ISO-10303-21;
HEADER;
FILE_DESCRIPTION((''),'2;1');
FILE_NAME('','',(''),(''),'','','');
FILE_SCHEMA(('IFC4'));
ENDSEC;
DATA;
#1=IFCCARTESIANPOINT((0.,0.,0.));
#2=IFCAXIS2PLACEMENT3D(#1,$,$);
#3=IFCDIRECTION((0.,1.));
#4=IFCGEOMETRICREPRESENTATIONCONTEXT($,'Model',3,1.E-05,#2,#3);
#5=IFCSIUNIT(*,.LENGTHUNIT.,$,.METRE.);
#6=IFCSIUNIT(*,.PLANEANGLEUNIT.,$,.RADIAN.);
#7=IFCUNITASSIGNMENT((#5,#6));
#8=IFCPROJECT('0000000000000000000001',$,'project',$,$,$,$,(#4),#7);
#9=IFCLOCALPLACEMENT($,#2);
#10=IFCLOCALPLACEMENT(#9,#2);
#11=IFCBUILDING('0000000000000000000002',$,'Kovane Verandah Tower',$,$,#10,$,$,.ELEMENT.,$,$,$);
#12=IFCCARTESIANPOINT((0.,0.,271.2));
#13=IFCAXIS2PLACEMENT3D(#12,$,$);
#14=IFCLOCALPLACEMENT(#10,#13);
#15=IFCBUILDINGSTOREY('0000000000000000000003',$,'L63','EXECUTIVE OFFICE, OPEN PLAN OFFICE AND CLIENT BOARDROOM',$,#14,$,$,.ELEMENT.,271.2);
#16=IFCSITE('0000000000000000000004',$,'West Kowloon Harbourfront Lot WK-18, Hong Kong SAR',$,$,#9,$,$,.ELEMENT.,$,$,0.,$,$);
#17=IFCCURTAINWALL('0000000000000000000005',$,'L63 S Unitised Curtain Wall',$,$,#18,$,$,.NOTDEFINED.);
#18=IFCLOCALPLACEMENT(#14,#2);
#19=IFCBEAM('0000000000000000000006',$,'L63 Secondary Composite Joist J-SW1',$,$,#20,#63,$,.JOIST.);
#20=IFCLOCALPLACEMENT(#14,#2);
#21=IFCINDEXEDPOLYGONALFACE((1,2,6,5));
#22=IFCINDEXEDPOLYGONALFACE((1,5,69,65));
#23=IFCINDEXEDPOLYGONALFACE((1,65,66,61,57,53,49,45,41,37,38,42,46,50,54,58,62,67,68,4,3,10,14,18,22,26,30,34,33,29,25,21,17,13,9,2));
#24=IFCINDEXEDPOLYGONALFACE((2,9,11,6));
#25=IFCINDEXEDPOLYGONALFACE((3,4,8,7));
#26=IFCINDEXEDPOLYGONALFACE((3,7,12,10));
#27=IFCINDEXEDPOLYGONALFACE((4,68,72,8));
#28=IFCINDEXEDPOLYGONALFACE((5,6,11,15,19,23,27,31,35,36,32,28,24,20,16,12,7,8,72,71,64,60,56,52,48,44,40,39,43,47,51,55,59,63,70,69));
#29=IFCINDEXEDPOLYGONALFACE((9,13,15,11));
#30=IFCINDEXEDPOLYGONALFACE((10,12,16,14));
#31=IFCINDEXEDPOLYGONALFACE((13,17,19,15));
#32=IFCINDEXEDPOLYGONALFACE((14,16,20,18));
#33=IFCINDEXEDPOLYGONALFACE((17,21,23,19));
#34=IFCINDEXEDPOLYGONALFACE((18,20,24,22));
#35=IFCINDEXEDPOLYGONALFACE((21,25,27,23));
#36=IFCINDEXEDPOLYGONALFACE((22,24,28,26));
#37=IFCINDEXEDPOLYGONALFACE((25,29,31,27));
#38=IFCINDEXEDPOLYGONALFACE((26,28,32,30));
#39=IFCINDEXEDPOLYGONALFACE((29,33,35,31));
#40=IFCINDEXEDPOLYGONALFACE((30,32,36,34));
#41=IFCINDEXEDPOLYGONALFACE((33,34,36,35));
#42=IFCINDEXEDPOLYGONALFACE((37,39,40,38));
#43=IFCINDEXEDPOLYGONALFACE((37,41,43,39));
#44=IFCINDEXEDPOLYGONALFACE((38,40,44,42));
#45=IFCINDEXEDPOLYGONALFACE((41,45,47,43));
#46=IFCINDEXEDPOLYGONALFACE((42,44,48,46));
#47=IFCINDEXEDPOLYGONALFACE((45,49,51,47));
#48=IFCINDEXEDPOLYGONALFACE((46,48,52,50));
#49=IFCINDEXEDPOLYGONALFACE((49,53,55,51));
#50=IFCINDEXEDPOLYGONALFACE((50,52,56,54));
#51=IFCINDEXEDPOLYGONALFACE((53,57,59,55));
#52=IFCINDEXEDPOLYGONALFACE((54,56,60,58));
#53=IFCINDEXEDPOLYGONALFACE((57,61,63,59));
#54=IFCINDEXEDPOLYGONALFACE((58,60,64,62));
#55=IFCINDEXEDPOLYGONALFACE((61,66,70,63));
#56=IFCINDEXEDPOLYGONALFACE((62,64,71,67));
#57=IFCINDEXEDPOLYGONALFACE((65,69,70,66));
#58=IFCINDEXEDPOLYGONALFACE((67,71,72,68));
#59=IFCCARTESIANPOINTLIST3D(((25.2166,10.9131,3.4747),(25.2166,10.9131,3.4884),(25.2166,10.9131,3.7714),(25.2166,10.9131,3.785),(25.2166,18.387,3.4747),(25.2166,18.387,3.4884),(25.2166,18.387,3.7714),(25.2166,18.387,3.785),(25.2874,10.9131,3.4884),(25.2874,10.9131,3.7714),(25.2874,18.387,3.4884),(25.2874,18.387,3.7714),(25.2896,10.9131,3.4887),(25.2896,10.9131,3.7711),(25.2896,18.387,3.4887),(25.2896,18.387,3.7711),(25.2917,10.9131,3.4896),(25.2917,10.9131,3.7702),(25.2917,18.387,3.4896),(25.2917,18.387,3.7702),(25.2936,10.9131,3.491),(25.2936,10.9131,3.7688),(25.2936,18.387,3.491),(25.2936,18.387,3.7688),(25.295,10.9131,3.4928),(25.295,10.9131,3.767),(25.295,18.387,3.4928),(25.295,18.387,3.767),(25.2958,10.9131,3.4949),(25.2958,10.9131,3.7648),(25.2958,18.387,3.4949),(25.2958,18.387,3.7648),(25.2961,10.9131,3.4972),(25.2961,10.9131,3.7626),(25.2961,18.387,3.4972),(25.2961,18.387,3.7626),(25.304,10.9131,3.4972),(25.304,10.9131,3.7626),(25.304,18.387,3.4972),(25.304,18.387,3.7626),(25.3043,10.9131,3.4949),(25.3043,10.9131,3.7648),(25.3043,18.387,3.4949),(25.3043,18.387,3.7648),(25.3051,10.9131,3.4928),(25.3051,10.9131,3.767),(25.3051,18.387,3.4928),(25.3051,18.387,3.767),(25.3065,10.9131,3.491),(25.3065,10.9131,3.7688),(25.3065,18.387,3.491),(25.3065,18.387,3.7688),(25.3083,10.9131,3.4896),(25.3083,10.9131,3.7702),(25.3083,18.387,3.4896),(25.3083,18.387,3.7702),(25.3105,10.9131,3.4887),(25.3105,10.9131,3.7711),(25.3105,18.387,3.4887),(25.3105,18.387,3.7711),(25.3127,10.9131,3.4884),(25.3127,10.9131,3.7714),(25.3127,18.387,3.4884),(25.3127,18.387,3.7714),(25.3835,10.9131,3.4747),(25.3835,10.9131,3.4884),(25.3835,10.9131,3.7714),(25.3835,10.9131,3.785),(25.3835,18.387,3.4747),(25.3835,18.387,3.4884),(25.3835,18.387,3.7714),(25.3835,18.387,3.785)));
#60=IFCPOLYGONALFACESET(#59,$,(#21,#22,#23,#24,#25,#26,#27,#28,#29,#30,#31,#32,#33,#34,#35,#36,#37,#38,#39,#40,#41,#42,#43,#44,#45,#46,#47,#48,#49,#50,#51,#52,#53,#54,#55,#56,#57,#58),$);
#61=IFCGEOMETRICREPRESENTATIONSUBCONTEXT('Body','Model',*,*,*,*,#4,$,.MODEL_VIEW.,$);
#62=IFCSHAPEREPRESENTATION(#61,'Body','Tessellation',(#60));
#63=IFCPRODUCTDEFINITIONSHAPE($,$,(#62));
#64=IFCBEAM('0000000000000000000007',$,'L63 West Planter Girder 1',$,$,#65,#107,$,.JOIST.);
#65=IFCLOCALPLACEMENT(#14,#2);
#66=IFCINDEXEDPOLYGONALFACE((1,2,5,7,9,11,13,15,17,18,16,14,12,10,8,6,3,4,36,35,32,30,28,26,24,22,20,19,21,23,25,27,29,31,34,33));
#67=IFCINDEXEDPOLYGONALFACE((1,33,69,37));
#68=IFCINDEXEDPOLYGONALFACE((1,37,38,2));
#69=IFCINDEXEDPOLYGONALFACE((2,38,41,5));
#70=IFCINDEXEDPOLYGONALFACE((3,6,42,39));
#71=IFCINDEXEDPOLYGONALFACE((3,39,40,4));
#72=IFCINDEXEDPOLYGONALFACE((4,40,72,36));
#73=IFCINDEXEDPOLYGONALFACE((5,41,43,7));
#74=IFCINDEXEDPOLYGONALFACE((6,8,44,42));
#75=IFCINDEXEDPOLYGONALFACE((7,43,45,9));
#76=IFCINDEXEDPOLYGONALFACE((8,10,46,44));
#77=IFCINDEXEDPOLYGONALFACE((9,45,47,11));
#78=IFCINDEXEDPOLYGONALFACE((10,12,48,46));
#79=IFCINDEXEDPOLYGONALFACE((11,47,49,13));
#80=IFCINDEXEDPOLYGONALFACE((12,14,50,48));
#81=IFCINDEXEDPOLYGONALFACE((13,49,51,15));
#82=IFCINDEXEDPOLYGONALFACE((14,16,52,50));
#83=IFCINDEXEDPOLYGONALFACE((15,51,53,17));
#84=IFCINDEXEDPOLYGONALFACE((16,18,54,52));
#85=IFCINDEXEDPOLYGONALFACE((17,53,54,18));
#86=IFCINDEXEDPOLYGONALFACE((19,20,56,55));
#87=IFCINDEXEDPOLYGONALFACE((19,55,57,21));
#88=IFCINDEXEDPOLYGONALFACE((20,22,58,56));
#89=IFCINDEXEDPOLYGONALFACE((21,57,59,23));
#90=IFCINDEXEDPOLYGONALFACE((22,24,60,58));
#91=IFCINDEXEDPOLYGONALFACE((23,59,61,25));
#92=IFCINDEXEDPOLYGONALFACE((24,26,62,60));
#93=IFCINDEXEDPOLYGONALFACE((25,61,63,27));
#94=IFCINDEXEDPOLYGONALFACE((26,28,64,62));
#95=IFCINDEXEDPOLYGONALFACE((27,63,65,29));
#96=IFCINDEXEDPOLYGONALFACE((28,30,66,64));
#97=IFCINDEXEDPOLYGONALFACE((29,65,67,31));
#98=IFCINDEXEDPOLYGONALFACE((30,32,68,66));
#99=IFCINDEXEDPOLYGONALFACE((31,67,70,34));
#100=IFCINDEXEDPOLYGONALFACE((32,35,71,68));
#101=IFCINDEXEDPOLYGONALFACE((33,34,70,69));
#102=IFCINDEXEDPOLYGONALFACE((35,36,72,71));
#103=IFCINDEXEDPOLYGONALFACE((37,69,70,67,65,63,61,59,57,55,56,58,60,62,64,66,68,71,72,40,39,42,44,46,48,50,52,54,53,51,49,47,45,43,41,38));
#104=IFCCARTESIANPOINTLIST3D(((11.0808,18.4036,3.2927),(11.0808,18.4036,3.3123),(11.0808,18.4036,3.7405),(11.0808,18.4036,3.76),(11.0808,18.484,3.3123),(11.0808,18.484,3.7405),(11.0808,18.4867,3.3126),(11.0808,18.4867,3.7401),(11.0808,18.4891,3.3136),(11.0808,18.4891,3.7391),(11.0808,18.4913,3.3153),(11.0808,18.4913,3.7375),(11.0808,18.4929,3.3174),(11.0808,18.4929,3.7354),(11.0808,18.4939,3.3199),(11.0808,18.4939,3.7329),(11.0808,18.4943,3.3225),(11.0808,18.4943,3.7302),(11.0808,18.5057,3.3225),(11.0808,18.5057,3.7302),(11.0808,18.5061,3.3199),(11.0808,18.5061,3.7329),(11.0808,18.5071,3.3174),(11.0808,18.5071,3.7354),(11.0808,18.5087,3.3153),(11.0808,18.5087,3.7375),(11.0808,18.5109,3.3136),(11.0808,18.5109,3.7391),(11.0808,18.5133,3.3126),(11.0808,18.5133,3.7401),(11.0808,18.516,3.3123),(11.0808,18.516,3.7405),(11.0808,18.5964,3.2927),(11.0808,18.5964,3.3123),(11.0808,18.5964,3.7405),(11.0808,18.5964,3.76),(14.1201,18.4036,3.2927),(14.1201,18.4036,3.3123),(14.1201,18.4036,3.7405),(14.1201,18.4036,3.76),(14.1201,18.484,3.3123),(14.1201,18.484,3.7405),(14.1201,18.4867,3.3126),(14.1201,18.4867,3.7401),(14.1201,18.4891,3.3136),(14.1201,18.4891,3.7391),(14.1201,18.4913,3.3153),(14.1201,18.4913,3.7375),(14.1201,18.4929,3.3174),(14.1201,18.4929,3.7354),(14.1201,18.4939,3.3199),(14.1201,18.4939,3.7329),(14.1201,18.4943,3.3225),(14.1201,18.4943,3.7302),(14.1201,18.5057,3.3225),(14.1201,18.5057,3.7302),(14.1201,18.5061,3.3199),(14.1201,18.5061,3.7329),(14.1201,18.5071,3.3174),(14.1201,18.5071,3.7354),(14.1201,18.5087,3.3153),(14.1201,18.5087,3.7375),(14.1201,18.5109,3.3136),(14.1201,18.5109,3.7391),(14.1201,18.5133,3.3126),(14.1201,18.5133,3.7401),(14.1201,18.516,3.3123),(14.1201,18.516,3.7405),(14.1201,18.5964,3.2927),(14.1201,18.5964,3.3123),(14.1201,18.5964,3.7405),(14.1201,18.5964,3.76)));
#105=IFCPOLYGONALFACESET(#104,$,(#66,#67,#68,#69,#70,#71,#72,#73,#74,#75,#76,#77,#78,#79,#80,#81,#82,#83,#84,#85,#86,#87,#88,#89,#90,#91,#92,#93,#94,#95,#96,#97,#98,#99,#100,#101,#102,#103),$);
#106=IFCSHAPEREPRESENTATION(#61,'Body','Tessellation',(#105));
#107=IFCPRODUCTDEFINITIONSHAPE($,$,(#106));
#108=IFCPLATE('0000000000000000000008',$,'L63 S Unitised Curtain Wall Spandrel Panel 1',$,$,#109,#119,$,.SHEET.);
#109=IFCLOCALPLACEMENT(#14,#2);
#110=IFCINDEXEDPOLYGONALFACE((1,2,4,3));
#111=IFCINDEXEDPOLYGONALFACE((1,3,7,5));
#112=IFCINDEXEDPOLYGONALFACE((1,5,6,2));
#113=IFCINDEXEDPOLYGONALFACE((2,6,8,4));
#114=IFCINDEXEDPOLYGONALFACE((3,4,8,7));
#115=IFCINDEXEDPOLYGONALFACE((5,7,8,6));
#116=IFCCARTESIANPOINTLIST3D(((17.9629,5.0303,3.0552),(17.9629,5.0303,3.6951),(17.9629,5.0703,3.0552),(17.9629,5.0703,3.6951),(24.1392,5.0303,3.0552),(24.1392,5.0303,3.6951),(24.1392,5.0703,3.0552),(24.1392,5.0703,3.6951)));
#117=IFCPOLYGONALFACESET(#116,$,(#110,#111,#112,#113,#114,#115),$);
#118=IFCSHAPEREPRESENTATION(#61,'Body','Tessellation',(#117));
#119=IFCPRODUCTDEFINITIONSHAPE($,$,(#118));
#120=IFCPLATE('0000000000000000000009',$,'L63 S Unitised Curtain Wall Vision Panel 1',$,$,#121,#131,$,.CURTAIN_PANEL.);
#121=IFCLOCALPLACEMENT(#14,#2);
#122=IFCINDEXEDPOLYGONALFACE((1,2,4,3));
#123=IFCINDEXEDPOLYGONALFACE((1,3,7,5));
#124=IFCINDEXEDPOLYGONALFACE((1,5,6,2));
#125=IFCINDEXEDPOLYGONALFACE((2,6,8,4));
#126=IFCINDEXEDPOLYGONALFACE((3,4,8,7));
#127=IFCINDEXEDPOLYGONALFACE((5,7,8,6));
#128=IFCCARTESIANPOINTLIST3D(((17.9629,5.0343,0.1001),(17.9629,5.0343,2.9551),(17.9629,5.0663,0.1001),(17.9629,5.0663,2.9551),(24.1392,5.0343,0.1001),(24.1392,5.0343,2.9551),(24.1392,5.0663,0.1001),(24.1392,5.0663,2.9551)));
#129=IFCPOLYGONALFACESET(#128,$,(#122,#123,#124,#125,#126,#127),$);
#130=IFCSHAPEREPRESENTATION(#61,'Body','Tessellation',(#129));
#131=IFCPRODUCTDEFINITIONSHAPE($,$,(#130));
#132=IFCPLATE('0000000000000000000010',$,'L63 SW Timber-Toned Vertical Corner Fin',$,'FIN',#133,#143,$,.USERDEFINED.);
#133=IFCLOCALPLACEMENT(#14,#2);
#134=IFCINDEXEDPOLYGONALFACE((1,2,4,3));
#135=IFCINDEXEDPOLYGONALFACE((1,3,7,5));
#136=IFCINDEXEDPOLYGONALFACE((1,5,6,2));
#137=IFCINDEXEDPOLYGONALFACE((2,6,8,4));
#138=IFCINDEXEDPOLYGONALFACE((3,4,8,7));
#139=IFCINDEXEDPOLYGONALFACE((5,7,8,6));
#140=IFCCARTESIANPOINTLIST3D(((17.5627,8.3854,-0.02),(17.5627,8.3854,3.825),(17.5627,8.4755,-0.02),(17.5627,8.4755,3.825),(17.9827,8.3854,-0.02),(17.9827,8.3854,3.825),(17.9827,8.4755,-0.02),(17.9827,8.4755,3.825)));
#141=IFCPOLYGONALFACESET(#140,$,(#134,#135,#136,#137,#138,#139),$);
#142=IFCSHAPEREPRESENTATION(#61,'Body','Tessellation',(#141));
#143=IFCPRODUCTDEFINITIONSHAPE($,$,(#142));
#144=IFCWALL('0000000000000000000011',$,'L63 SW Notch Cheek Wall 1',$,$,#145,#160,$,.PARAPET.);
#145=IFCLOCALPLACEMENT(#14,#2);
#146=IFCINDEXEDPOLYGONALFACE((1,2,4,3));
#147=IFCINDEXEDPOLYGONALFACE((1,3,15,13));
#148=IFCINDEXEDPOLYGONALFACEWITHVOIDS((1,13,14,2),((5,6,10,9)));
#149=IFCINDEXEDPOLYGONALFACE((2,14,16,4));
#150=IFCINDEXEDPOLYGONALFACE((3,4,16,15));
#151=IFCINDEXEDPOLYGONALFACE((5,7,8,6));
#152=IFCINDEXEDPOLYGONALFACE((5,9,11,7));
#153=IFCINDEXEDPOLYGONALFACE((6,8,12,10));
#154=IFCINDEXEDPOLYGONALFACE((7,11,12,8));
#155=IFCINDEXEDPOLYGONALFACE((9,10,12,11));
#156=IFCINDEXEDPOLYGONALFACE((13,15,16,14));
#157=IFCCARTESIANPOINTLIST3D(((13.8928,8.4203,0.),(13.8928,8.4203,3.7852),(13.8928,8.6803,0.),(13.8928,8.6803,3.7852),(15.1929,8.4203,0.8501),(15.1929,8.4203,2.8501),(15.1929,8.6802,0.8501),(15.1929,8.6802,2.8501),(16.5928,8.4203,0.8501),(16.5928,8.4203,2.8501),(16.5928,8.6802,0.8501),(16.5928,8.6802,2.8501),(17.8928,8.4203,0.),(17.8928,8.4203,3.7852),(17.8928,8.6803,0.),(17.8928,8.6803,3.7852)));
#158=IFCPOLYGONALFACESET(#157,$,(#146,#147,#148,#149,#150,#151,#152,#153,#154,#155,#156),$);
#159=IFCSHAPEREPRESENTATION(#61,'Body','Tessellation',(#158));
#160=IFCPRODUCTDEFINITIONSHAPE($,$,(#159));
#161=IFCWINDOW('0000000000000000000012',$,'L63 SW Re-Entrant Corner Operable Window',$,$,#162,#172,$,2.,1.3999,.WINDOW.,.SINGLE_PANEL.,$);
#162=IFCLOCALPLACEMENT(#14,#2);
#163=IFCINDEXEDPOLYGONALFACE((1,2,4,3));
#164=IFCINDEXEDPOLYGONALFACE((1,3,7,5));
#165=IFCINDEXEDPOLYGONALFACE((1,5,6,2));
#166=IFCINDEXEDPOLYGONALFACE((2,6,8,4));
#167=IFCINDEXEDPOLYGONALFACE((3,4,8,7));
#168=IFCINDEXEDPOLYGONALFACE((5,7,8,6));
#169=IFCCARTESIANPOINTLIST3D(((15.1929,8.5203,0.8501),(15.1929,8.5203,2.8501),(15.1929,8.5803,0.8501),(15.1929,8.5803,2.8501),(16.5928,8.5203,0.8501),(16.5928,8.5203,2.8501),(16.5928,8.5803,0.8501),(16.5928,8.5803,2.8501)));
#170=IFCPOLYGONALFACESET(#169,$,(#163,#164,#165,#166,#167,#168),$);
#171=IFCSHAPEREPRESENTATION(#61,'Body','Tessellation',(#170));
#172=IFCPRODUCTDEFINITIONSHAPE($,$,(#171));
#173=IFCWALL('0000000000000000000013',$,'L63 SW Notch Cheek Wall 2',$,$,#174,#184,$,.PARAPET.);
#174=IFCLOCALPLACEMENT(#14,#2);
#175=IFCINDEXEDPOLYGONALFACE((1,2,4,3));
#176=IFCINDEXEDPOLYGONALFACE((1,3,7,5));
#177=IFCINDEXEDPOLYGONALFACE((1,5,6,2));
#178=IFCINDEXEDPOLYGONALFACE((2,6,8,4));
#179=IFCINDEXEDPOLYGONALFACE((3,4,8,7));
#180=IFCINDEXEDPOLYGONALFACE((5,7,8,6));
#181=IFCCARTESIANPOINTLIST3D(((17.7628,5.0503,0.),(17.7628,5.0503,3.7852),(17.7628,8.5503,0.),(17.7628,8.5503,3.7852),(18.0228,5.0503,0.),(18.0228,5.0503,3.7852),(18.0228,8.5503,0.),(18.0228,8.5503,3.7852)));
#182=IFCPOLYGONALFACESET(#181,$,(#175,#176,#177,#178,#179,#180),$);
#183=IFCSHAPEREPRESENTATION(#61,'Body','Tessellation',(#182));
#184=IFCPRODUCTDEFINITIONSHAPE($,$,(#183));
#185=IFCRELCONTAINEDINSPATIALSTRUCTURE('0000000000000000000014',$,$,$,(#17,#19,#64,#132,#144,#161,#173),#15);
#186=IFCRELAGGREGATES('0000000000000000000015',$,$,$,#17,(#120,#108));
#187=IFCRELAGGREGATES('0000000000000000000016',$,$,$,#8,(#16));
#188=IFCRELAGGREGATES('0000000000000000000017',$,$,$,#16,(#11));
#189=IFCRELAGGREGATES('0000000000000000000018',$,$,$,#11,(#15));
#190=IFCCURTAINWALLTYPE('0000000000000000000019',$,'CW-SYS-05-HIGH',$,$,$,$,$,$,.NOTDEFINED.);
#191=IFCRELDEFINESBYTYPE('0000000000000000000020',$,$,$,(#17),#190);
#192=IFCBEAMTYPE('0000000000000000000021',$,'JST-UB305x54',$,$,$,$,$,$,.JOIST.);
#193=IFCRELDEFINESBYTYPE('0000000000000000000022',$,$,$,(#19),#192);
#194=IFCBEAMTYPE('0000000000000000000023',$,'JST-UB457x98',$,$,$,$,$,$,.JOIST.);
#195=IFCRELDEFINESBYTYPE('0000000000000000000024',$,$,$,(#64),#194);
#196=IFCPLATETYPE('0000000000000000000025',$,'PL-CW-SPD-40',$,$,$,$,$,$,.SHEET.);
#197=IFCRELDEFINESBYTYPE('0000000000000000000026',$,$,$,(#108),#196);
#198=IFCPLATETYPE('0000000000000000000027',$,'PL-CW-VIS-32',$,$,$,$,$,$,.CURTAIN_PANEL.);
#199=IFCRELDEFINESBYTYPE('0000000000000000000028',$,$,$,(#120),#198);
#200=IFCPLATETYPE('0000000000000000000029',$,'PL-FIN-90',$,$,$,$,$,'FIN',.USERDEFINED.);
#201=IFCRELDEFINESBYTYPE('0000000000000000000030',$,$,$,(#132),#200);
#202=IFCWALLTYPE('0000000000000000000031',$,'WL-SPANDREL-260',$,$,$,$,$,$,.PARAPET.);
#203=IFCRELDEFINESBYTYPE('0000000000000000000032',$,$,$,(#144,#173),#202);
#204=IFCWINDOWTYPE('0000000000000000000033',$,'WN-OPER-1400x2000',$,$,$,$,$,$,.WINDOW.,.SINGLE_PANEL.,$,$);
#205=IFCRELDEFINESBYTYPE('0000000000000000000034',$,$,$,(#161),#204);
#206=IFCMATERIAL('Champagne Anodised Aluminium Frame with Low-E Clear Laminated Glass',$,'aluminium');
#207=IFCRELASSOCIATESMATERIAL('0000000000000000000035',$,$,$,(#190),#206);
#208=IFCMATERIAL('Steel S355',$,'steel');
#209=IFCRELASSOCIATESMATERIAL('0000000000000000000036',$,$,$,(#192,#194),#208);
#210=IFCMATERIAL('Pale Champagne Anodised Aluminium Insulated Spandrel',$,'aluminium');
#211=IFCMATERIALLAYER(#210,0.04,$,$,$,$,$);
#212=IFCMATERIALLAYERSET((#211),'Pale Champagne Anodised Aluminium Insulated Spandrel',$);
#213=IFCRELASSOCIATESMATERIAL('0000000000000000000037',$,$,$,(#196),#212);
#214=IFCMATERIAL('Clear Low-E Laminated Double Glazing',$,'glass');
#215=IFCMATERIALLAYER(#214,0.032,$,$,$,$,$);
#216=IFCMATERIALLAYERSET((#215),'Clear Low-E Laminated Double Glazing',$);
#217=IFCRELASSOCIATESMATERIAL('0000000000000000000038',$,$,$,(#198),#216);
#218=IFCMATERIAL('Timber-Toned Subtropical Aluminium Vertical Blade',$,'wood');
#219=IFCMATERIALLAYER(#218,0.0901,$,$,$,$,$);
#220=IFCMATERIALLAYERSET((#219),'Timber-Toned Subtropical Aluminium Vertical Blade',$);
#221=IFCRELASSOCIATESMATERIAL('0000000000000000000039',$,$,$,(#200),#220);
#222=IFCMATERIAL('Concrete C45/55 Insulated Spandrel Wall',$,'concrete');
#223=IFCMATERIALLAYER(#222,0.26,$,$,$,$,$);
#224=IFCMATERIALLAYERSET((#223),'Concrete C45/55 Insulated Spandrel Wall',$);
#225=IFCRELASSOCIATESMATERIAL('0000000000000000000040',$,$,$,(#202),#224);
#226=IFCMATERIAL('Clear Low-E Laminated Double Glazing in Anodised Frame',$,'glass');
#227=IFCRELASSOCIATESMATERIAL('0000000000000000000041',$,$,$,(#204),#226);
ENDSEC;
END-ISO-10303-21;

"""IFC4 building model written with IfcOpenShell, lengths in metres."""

from ifc_helpers import new_model, si_unit, direction, frame, frame_2d, origin, origin_2d, place, context, subcontext, project, spatial, rectangle, i_section, extrude, material, layer, layer_set, material_profile, profile_set, type_object, element, fill, aggregate, save


model = new_model("IFC4")

# Units and contexts
model_context = context("Model", 3, precision=1e-05, world=origin(), true_north=direction((0.0, 1.0)))
body_context = subcontext(model_context, "Body", "Model", "MODEL_VIEW")
ifc_project = project(units=[si_unit("LENGTHUNIT", "METRE"), si_unit("PLANEANGLEUNIT", "RADIAN")], contexts=[model_context])

# Site, building, storey
site_placement = place(None, origin())
site = spatial("IfcSite", under=ifc_project, at=site_placement, Name="West Kowloon Harbourfront Lot WK-18, Hong Kong SAR", CompositionType="ELEMENT", RefElevation=0.0)
building_placement = place(site_placement, origin())
building = spatial("IfcBuilding", under=site, at=building_placement, Name="Kovane Verandah Tower", CompositionType="ELEMENT")
storey_placement = place(building_placement, frame((0.0, 0.0, 271.2)))
storey = spatial("IfcBuildingStorey", under=building, at=storey_placement, Name="L63", Description="EXECUTIVE OFFICE, OPEN PLAN OFFICE AND CLIENT BOARDROOM", CompositionType="ELEMENT", Elevation=271.2)

# Shared definitions
ifc_material_1 = material(Name="Steel S355", Category="steel")

# Curtain wall
ifc_material_2 = material(Name="Champagne Anodised Aluminium Frame with Low-E Clear Laminated Glass", Category="aluminium")
curtain_wall_type = type_object("IfcCurtainWallType", Name="CW-SYS-05-HIGH", PredefinedType="NOTDEFINED", material=ifc_material_2)
curtain_wall_placement = place(storey_placement, origin())
curtain_wall = element("IfcCurtainWall", 1, at=curtain_wall_placement, inside=storey, type_object=curtain_wall_type, Name="L63 S Unitised Curtain Wall", PredefinedType="NOTDEFINED")

# Beams
ifc_material_profile_1 = material_profile(ifc_material_1, i_section(OverallWidth=0.167, OverallDepth=0.3103, WebThickness=0.0078, FlangeThickness=0.0137, FilletRadius=0.0088, at=origin_2d()), Name="UB305x165x54")
ifc_profile_set_1 = profile_set([ifc_material_profile_1], Name="Steel S355")
beam_type_1 = type_object("IfcBeamType", Name="JST-UB305x54", PredefinedType="JOIST", material=ifc_profile_set_1)
beam_1_placement = place(storey_placement, frame((25.3, 10.9131, 3.6299), z_axis=(0.0, 1.0, 0.0), x_axis=(-1.0, 0.0, 0.0)))
element("IfcBeam", 2, at=beam_1_placement, inside=storey, type_object=beam_type_1, Name="L63 Secondary Composite Joist J-SW1", PredefinedType="JOIST", context=body_context, shape_type="SweptSolid", body=[
    extrude(i_section(OverallWidth=0.167, OverallDepth=0.3103, WebThickness=0.0078, FlangeThickness=0.0137, FilletRadius=0.0088, at=origin_2d()), origin(), (0.0, 0.0, 1.0), 7.4739),
])
ifc_material_profile_2 = material_profile(ifc_material_1, i_section(OverallWidth=0.1929, OverallDepth=0.4673, WebThickness=0.0115, FlangeThickness=0.0195, FilletRadius=0.0103, at=origin_2d()), Name="UB457x191x98")
ifc_profile_set_2 = profile_set([ifc_material_profile_2], Name="Steel S355")
beam_type_2 = type_object("IfcBeamType", Name="JST-UB457x98", PredefinedType="JOIST", material=ifc_profile_set_2)
beam_2_placement = place(storey_placement, frame((14.1201, 18.5, 3.5264), z_axis=(-1.0, 0.0, 0.0), x_axis=(0.0, -1.0, 0.0)))
element("IfcBeam", 3, at=beam_2_placement, inside=storey, type_object=beam_type_2, Name="L63 West Planter Girder 1", PredefinedType="JOIST", context=body_context, shape_type="SweptSolid", body=[
    extrude(i_section(OverallWidth=0.1929, OverallDepth=0.4673, WebThickness=0.0115, FlangeThickness=0.0195, FilletRadius=0.0103, at=origin_2d()), origin(), (0.0, 0.0, 1.0), 3.0393),
])

# Plates
ifc_material_3 = material(Name="Pale Champagne Anodised Aluminium Insulated Spandrel", Category="aluminium")
ifc_layer_1 = layer(ifc_material_3, 0.04)
ifc_layer_set_1 = layer_set([ifc_layer_1], Name="Pale Champagne Anodised Aluminium Insulated Spandrel")
plate_type_1 = type_object("IfcPlateType", Name="PL-CW-SPD-40", PredefinedType="SHEET", material=ifc_layer_set_1)
plate_1_placement = place(storey_placement, frame((21.051, 5.0503, 3.0552), z_axis=(0.0, 0.0, 1.0), x_axis=(1.0, 0.0, 0.0)))
plate_1 = element("IfcPlate", 4, at=plate_1_placement, type_object=plate_type_1, Name="L63 S Unitised Curtain Wall Spandrel Panel 1", PredefinedType="SHEET", context=body_context, shape_type="SweptSolid", body=[
    extrude(rectangle(XDim=6.1763, YDim=0.04, at=origin_2d()), origin(), (0.0, 0.0, 1.0), 0.6399),
])
ifc_material_4 = material(Name="Clear Low-E Laminated Double Glazing", Category="glass")
ifc_layer_2 = layer(ifc_material_4, 0.032)
ifc_layer_set_2 = layer_set([ifc_layer_2], Name="Clear Low-E Laminated Double Glazing")
plate_type_2 = type_object("IfcPlateType", Name="PL-CW-VIS-32", PredefinedType="CURTAIN_PANEL", material=ifc_layer_set_2)
plate_2_placement = place(storey_placement, frame((21.051, 5.0503, 0.1001), z_axis=(0.0, 0.0, 1.0), x_axis=(1.0, 0.0, 0.0)))
plate_2 = element("IfcPlate", 5, at=plate_2_placement, type_object=plate_type_2, Name="L63 S Unitised Curtain Wall Vision Panel 1", PredefinedType="CURTAIN_PANEL", context=body_context, shape_type="SweptSolid", body=[
    extrude(rectangle(XDim=6.1763, YDim=0.032, at=origin_2d()), origin(), (0.0, 0.0, 1.0), 2.855),
])
aggregate(curtain_wall, [plate_2, plate_1])
ifc_material_5 = material(Name="Timber-Toned Subtropical Aluminium Vertical Blade", Category="wood")
ifc_layer_3 = layer(ifc_material_5, 0.0901)
ifc_layer_set_3 = layer_set([ifc_layer_3], Name="Timber-Toned Subtropical Aluminium Vertical Blade")
plate_type_3 = type_object("IfcPlateType", Name="PL-FIN-90", ElementType="FIN", PredefinedType="USERDEFINED", material=ifc_layer_set_3)
plate_3_placement = place(storey_placement, frame((17.7727, 8.4304, -0.02), z_axis=(0.0, 0.0, 1.0), x_axis=(1.0, 0.0, 0.0)))
element("IfcPlate", 6, at=plate_3_placement, inside=storey, type_object=plate_type_3, Name="L63 SW Timber-Toned Vertical Corner Fin", ObjectType="FIN", PredefinedType="USERDEFINED", context=body_context, shape_type="SweptSolid", body=[
    extrude(rectangle(XDim=0.4199, YDim=0.0901, at=origin_2d()), origin(), (0.0, 0.0, 1.0), 3.845),
])

# Wall, opening, window
ifc_material_6 = material(Name="Concrete C45/55 Insulated Spandrel Wall", Category="concrete")
ifc_layer_4 = layer(ifc_material_6, 0.26)
ifc_layer_set_4 = layer_set([ifc_layer_4], Name="Concrete C45/55 Insulated Spandrel Wall")
wall_type = type_object("IfcWallType", Name="WL-SPANDREL-260", PredefinedType="PARAPET", material=ifc_layer_set_4)
wall_1_placement = place(storey_placement, frame((13.8928, 8.5503, 0.0), z_axis=(0.0, 0.0, 1.0), x_axis=(1.0, 0.0, 0.0)))
wall_1 = element("IfcWall", 7, at=wall_1_placement, inside=storey, type_object=wall_type, Name="L63 SW Notch Cheek Wall 1", PredefinedType="PARAPET", context=body_context, shape_type="SweptSolid", body=[
    extrude(rectangle(XDim=4.0, YDim=0.26, at=frame_2d((2.0, 0.0))), origin(), (0.0, 0.0, 1.0), 3.7852),
])
opening_placement = place(wall_1_placement, frame((1.3, 0.0, 0.8501)))
opening = element("IfcOpeningElement", 8, at=opening_placement, cuts=wall_1, PredefinedType="OPENING", context=body_context, shape_type="SweptSolid", body=[
    extrude(rectangle(XDim=1.3999, YDim=2.0, at=frame_2d((0.7, 1.0))), frame((0.0, 0.1299, 0.0), z_axis=(0.0, -1.0, 0.0), x_axis=(1.0, 0.0, 0.0)), (0.0, 0.0, 1.0), 0.26),
])
ifc_material_7 = material(Name="Clear Low-E Laminated Double Glazing in Anodised Frame", Category="glass")
window_type = type_object("IfcWindowType", Name="WN-OPER-1400x2000", PartitioningType="SINGLE_PANEL", PredefinedType="WINDOW", material=ifc_material_7)
window_placement = place(opening_placement, origin())
window = element("IfcWindow", 9, at=window_placement, inside=storey, type_object=window_type, Name="L63 SW Re-Entrant Corner Operable Window", OverallHeight=2.0, OverallWidth=1.3999, PartitioningType="SINGLE_PANEL", PredefinedType="WINDOW", context=body_context, shape_type="SweptSolid", body=[
    extrude(rectangle(XDim=1.3999, YDim=2.0, at=frame_2d((0.7, 1.0))), frame((0.0, 0.03, 0.0), z_axis=(0.0, -1.0, 0.0), x_axis=(1.0, 0.0, 0.0)), (0.0, 0.0, 1.0), 0.0601),
])
fill(opening, window)

# Wall
wall_2_placement = place(storey_placement, frame((17.8928, 8.5503, 0.0), z_axis=(0.0, 0.0, 1.0), x_axis=(0.0, -1.0, 0.0)))
element("IfcWall", 10, at=wall_2_placement, inside=storey, type_object=wall_type, Name="L63 SW Notch Cheek Wall 2", PredefinedType="PARAPET", context=body_context, shape_type="SweptSolid", body=[
    extrude(rectangle(XDim=3.5, YDim=0.26, at=frame_2d((1.75, 0.0))), origin(), (0.0, 0.0, 1.0), 3.7852),
])

save(model, "model.ifc")
